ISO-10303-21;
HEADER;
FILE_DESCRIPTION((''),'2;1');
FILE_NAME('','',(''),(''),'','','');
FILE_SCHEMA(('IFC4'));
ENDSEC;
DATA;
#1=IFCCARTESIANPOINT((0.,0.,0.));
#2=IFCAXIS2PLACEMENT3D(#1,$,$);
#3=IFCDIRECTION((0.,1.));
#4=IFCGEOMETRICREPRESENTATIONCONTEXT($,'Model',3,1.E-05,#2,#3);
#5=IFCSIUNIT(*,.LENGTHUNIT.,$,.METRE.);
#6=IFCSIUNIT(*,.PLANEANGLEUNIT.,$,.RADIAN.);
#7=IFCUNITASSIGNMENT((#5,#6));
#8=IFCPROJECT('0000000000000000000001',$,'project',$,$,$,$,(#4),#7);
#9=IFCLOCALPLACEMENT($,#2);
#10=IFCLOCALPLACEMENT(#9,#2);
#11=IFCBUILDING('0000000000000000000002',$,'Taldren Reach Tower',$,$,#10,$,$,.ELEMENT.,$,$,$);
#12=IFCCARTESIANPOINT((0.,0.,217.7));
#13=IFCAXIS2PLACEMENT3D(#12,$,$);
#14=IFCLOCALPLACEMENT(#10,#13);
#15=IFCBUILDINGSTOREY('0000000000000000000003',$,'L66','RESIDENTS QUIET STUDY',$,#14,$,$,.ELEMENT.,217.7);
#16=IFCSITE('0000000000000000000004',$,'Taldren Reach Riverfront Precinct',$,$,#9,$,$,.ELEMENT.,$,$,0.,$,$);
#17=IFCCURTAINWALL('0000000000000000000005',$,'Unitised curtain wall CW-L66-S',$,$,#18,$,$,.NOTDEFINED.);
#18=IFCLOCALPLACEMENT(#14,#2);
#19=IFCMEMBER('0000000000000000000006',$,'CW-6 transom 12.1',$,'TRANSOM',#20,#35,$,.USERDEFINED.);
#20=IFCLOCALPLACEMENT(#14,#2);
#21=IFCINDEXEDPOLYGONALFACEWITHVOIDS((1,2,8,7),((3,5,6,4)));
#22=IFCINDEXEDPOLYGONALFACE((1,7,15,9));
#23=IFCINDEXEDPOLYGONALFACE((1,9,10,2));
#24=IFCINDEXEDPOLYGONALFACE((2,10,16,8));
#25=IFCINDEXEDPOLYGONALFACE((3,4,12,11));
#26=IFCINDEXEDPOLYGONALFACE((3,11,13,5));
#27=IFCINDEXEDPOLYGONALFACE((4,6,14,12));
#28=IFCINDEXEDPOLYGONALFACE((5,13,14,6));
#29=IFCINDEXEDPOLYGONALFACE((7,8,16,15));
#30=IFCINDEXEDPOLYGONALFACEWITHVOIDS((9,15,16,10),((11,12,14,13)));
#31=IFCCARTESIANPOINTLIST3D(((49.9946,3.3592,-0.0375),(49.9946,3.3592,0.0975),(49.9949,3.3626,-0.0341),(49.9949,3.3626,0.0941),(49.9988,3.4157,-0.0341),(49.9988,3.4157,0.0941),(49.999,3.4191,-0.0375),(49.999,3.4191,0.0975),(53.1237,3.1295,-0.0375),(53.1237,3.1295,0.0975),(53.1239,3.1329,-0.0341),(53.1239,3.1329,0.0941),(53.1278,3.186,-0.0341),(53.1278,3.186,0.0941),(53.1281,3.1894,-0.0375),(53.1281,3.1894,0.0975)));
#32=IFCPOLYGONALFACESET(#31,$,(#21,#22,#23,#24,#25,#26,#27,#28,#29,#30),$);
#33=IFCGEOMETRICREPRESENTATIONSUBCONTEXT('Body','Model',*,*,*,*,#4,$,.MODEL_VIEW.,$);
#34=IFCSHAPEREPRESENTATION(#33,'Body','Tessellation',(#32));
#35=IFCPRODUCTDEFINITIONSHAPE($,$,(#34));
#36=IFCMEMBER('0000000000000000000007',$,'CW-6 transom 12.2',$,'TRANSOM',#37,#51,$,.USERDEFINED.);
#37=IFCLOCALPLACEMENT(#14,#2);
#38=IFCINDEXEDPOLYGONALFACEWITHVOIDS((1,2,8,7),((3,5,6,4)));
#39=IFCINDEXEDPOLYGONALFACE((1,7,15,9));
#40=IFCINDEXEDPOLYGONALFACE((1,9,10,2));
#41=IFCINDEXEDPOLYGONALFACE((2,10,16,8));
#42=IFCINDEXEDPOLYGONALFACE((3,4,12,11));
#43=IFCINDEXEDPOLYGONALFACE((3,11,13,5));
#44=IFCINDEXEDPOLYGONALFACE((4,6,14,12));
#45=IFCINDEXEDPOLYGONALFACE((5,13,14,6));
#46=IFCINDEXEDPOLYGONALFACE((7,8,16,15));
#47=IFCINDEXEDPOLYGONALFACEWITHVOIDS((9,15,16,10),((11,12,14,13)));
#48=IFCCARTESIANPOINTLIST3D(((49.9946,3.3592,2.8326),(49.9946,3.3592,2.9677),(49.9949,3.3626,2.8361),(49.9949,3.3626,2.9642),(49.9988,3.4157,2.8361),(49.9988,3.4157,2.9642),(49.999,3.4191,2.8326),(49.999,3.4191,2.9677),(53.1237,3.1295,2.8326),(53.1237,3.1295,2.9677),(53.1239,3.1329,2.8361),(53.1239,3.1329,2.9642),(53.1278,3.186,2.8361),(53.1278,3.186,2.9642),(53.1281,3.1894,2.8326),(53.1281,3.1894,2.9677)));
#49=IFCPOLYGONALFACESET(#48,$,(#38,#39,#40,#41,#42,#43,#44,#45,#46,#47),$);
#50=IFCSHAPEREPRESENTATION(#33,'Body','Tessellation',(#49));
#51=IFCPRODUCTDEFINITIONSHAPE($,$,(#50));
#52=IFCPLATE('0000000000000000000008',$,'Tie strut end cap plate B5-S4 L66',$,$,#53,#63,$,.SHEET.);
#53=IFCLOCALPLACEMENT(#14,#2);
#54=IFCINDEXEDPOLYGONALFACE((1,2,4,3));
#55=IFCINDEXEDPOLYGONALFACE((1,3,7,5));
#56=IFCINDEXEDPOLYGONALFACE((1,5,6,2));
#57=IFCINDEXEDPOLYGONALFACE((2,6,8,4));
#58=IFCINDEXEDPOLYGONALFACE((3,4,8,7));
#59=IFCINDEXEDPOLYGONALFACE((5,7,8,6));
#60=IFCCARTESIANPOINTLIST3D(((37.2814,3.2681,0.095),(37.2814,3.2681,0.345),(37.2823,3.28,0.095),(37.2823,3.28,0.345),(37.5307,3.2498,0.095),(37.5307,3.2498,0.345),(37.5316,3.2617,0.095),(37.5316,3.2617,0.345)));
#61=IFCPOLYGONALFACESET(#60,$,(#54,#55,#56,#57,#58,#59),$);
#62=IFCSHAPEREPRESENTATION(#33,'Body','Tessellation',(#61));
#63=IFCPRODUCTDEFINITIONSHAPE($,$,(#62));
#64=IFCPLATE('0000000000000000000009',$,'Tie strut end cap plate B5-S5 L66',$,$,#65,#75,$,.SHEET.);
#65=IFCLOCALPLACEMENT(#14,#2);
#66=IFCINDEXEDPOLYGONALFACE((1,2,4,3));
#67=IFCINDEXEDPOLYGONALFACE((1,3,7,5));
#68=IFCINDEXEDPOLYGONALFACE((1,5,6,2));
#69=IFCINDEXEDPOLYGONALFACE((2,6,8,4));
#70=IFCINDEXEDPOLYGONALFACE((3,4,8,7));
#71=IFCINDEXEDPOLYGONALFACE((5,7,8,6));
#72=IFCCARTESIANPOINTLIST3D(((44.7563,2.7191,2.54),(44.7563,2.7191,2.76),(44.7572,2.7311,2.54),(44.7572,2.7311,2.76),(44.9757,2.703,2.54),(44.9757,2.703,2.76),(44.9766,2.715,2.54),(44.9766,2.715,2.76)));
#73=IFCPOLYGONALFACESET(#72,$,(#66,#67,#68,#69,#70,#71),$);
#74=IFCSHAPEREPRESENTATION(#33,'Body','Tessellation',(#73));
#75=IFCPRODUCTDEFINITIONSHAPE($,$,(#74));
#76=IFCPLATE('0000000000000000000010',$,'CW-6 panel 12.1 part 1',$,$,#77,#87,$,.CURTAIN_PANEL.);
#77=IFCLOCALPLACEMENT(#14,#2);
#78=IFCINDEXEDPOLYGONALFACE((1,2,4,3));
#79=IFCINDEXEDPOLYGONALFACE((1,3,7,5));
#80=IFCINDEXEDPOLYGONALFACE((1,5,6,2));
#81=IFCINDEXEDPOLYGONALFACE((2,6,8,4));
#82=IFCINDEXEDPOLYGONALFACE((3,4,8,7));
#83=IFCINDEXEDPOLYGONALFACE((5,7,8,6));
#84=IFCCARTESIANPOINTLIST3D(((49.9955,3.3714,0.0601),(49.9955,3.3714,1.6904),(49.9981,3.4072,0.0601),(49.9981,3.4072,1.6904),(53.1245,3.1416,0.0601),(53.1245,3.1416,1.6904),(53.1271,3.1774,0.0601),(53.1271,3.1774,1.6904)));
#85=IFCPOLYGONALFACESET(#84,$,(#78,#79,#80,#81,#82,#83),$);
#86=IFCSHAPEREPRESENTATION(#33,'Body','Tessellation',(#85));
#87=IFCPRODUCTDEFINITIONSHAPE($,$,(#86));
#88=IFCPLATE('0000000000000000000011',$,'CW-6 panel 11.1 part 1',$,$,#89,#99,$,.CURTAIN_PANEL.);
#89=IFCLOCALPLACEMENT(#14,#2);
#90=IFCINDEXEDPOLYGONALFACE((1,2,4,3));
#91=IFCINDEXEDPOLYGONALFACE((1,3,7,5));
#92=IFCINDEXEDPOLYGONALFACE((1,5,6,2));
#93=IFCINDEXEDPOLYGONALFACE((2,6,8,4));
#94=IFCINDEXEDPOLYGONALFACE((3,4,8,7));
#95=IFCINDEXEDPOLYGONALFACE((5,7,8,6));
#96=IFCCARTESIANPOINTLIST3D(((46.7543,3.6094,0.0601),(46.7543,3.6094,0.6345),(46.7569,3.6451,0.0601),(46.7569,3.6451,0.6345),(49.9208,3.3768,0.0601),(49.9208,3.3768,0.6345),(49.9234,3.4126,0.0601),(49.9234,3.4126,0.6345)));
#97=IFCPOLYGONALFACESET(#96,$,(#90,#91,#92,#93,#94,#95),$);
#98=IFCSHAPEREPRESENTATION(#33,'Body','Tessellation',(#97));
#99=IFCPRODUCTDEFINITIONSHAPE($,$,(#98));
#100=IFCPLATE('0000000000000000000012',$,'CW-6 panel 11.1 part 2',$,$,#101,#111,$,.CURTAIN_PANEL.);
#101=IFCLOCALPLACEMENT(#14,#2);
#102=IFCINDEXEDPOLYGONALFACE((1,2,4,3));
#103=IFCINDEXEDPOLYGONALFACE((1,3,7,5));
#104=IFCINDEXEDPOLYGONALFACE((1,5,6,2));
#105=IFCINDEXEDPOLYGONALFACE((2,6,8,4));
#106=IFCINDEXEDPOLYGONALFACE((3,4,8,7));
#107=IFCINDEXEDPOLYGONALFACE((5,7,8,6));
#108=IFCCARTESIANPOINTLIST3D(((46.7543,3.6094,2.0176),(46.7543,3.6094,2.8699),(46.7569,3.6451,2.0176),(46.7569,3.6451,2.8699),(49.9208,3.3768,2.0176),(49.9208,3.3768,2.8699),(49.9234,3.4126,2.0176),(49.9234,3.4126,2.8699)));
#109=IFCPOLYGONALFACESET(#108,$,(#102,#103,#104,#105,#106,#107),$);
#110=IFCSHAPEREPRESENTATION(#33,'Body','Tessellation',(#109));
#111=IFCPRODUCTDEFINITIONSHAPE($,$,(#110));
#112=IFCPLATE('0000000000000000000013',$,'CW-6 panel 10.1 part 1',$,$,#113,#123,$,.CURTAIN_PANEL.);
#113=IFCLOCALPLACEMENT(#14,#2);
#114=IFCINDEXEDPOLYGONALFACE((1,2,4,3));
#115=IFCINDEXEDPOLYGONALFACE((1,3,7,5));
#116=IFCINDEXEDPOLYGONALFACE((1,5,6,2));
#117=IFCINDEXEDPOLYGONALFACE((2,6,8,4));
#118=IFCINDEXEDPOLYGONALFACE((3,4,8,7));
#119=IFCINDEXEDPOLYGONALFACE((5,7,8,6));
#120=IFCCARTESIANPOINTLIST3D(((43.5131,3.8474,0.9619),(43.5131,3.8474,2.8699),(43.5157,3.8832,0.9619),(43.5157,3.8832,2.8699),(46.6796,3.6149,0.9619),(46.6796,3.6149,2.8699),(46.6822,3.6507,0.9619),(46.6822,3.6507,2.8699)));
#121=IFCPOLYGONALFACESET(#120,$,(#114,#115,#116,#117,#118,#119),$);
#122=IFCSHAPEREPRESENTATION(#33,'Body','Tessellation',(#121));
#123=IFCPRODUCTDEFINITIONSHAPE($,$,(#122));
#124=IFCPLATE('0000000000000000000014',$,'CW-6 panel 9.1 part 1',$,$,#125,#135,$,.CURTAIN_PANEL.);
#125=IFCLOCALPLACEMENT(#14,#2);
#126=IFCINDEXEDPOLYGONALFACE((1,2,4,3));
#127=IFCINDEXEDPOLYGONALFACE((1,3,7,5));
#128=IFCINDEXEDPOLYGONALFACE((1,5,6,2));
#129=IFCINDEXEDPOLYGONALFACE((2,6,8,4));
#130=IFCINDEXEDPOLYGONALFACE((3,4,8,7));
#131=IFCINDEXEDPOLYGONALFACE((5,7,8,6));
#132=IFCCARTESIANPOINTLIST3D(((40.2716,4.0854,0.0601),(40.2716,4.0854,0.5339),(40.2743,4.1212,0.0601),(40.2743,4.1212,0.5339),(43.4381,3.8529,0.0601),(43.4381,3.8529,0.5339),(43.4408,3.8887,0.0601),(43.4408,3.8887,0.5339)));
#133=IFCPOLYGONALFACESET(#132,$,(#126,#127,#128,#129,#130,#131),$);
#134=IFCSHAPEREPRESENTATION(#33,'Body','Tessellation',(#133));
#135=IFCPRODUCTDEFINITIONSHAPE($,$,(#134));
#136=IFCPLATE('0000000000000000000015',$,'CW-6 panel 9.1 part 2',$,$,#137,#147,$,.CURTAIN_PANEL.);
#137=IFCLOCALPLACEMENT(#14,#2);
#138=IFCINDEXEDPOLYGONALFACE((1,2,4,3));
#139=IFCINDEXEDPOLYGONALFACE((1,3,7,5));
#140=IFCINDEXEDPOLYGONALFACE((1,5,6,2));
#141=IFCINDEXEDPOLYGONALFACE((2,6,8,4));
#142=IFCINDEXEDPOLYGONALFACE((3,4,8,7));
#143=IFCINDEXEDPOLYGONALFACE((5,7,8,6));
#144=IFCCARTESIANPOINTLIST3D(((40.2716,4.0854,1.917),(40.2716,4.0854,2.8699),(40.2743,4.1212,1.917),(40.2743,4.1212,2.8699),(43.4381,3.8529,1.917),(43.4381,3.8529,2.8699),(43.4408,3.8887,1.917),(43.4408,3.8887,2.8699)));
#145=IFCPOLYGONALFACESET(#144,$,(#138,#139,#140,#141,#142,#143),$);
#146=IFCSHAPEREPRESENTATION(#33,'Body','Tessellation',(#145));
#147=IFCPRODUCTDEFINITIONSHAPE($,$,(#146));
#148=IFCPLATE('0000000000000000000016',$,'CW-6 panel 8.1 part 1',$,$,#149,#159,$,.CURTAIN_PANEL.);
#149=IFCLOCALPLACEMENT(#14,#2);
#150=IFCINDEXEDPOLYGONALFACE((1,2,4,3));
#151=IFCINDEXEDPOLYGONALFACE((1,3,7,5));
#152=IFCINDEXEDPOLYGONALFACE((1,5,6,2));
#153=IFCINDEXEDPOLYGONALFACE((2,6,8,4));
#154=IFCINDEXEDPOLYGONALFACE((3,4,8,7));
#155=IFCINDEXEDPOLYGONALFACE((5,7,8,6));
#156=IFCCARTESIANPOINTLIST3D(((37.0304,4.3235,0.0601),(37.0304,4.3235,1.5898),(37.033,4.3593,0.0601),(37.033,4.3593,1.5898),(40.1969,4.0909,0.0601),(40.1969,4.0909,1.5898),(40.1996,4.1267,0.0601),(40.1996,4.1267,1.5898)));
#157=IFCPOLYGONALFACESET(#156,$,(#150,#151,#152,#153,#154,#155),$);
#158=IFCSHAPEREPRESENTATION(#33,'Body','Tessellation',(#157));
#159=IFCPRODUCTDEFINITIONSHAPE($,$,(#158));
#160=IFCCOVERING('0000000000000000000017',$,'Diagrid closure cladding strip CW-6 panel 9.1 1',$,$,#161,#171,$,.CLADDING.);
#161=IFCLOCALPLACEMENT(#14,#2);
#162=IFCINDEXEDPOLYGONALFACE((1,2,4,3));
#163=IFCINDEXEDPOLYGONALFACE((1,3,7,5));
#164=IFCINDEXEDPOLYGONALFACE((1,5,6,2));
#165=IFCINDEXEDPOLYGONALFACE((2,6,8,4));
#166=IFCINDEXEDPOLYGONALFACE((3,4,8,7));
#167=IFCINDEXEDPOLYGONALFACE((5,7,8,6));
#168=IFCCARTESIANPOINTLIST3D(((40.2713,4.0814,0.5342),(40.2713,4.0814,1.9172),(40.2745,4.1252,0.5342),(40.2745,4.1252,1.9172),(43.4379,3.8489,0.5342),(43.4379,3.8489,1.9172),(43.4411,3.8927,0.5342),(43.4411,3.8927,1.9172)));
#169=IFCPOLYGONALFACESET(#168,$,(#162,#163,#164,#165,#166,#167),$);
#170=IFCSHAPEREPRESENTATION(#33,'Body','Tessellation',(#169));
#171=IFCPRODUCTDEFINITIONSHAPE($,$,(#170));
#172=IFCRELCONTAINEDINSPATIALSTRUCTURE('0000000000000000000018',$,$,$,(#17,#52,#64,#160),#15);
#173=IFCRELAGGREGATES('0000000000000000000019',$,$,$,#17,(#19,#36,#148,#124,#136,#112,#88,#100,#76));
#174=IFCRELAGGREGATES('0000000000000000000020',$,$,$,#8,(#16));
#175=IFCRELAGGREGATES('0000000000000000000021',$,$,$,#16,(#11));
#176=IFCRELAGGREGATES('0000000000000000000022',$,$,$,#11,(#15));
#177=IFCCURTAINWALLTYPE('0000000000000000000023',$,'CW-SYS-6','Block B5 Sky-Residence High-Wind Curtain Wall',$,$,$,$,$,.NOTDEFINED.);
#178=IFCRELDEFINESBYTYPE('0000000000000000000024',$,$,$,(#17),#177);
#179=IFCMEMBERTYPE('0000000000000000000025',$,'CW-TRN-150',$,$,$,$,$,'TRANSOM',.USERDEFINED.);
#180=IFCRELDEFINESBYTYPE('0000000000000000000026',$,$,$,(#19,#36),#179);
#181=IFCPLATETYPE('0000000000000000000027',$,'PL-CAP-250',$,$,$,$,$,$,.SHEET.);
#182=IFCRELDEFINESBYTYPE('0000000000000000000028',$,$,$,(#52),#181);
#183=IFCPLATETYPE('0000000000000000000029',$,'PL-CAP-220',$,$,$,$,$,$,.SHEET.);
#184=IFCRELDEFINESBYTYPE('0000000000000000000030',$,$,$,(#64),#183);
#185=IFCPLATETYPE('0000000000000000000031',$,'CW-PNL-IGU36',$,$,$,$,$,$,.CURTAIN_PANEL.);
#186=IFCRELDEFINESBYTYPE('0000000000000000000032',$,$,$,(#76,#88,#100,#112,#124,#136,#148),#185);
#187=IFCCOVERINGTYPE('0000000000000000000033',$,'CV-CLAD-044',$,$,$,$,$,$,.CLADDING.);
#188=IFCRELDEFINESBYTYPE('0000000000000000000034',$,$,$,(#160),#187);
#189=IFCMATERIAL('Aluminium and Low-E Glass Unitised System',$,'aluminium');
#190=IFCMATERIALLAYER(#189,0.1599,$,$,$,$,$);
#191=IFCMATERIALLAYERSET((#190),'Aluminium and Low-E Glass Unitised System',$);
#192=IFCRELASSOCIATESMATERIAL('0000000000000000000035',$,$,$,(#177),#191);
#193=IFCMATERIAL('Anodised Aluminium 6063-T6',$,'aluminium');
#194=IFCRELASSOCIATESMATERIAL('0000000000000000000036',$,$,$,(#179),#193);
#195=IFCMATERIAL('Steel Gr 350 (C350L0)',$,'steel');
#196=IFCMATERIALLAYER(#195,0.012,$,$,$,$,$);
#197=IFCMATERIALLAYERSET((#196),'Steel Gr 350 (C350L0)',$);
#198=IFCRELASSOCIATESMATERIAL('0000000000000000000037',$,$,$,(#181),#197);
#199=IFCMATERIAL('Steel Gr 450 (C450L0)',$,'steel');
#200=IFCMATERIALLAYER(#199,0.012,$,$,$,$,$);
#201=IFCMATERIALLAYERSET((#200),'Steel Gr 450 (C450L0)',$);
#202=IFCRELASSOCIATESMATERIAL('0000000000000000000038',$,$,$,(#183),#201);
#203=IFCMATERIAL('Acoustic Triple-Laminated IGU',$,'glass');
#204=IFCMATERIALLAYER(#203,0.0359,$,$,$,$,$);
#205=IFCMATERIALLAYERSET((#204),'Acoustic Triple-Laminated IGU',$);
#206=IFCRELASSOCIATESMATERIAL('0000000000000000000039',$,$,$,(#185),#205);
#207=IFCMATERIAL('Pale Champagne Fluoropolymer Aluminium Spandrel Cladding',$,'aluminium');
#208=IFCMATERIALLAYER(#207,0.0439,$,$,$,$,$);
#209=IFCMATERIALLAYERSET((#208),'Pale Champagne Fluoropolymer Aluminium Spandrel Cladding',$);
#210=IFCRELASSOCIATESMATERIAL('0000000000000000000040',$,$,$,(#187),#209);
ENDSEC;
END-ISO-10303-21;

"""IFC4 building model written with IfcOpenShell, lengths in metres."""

from ifc_helpers import new_model, si_unit, direction, frame, origin, origin_2d, place, context, subcontext, project, spatial, rectangle, hollow_rectangle, extrude, source, transform, mapped, material, layer, layer_set, material_profile, profile_set, type_object, element, aggregate, save


model = new_model("IFC4")

# Units and contexts
model_context = context("Model", 3, precision=1e-05, world=origin(), true_north=direction((0.0, 1.0)))
body_context = subcontext(model_context, "Body", "Model", "MODEL_VIEW")
ifc_project = project(units=[si_unit("LENGTHUNIT", "METRE"), si_unit("PLANEANGLEUNIT", "RADIAN")], contexts=[model_context])

# Site, building, storey
site_placement = place(None, origin())
site = spatial("IfcSite", under=ifc_project, at=site_placement, Name="Taldren Reach Riverfront Precinct", CompositionType="ELEMENT", RefElevation=0.0)
building_placement = place(site_placement, origin())
building = spatial("IfcBuilding", under=site, at=building_placement, Name="Taldren Reach Tower", CompositionType="ELEMENT")
storey_placement = place(building_placement, frame((0.0, 0.0, 217.7)))
storey = spatial("IfcBuildingStorey", under=building, at=storey_placement, Name="L66", Description="RESIDENTS QUIET STUDY", CompositionType="ELEMENT", Elevation=217.7)

# Shared definitions
ifc_material_1 = material(Name="Steel Gr 450 (C450L0)", Category="steel")

# Shared definitions
ifc_material_2 = material(Name="Steel Gr 350 (C350L0)", Category="steel")

# Curtain wall, members
ifc_material_3 = material(Name="Aluminium and Low-E Glass Unitised System", Category="aluminium")
ifc_layer_1 = layer(ifc_material_3, 0.1599)
ifc_layer_set_1 = layer_set([ifc_layer_1], Name="Aluminium and Low-E Glass Unitised System")
curtain_wall_type = type_object("IfcCurtainWallType", Name="CW-SYS-6", Description="Block B5 Sky-Residence High-Wind Curtain Wall", PredefinedType="NOTDEFINED", material=ifc_layer_set_1)
curtain_wall_placement = place(storey_placement, origin())
curtain_wall = element("IfcCurtainWall", 1, at=curtain_wall_placement, inside=storey, type_object=curtain_wall_type, Name="Unitised curtain wall CW-L66-S", PredefinedType="NOTDEFINED")
ifc_material_4 = material(Name="Anodised Aluminium 6063-T6", Category="aluminium")
ifc_material_profile_1 = material_profile(ifc_material_4, hollow_rectangle(XDim=0.0601, YDim=0.135, WallThickness=0.0034, at=origin_2d()), Name="ALU-135x60x3.5RHS")
ifc_profile_set_1 = profile_set([ifc_material_profile_1], Name="Anodised Aluminium 6063-T6")
member_type_1 = type_object("IfcMemberType", Name="CW-TRN-150", ElementType="TRANSOM", PredefinedType="USERDEFINED", material=ifc_profile_set_1)
shared_shape_1 = source(origin(), body_context, "Body", "SweptSolid", [
    extrude(hollow_rectangle(XDim=0.0601, YDim=0.135, WallThickness=0.0034, at=origin_2d()), origin(), (0.0, 0.0, 1.0), 3.1375),
])
member_1_placement = place(storey_placement, frame((49.9968, 3.3892, 0.03), z_axis=(0.997316, -0.073221, 0.0), x_axis=(0.073221, 0.997316, 0.0)))
member_1 = element("IfcMember", 2, at=member_1_placement, type_object=member_type_1, Name="CW-6 transom 12.1", ObjectType="TRANSOM", PredefinedType="USERDEFINED", context=body_context, shape_type="MappedRepresentation", body=[
    mapped(shared_shape_1, transform((0.0, 0.0, 0.0), scale=1.0)),
])
member_2_placement = place(storey_placement, frame((49.9968, 3.3892, 2.9001), z_axis=(0.997316, -0.073221, 0.0), x_axis=(0.073221, 0.997316, 0.0)))
member_2 = element("IfcMember", 3, at=member_2_placement, type_object=member_type_1, Name="CW-6 transom 12.2", ObjectType="TRANSOM", PredefinedType="USERDEFINED", context=body_context, shape_type="MappedRepresentation", body=[
    mapped(shared_shape_1, transform((0.0, 0.0, 0.0), scale=1.0)),
])

# Plates
ifc_layer_2 = layer(ifc_material_2, 0.012)
ifc_layer_set_2 = layer_set([ifc_layer_2], Name="Steel Gr 350 (C350L0)")
plate_type_1 = type_object("IfcPlateType", Name="PL-CAP-250", PredefinedType="SHEET", material=ifc_layer_set_2)
shared_shape_2 = source(origin(), body_context, "Body", "SweptSolid", [
    extrude(rectangle(XDim=0.25, YDim=0.012, at=origin_2d()), origin(), (0.0, 0.0, 1.0), 0.25),
])
plate_1_placement = place(storey_placement, frame((37.4065, 3.2649, 0.095), z_axis=(0.0, 0.0, 1.0), x_axis=(0.997314, -0.073238, 0.0)))
element("IfcPlate", 4, at=plate_1_placement, inside=storey, type_object=plate_type_1, Name="Tie strut end cap plate B5-S4 L66", PredefinedType="SHEET", context=body_context, shape_type="MappedRepresentation", body=[
    mapped(shared_shape_2, transform((0.0, 0.0, 0.0), scale=1.0)),
])
ifc_layer_3 = layer(ifc_material_1, 0.012)
ifc_layer_set_3 = layer_set([ifc_layer_3], Name="Steel Gr 450 (C450L0)")
plate_type_2 = type_object("IfcPlateType", Name="PL-CAP-220", PredefinedType="SHEET", material=ifc_layer_set_3)
shared_shape_3 = source(origin(), body_context, "Body", "SweptSolid", [
    extrude(rectangle(XDim=0.22, YDim=0.012, at=origin_2d()), origin(), (0.0, 0.0, 1.0), 0.22),
])
plate_2_placement = place(storey_placement, frame((44.8665, 2.717, 2.54), z_axis=(0.0, 0.0, 1.0), x_axis=(0.997314, -0.073238, 0.0)))
element("IfcPlate", 5, at=plate_2_placement, inside=storey, type_object=plate_type_2, Name="Tie strut end cap plate B5-S5 L66", PredefinedType="SHEET", context=body_context, shape_type="MappedRepresentation", body=[
    mapped(shared_shape_3, transform((0.0, 0.0, 0.0), scale=1.0)),
])

# Plates
ifc_material_5 = material(Name="Acoustic Triple-Laminated IGU", Category="glass")
ifc_layer_4 = layer(ifc_material_5, 0.0359)
ifc_layer_set_4 = layer_set([ifc_layer_4], Name="Acoustic Triple-Laminated IGU")
plate_type_3 = type_object("IfcPlateType", Name="CW-PNL-IGU36", PredefinedType="CURTAIN_PANEL", material=ifc_layer_set_4)
shared_shape_4 = source(origin(), body_context, "Body", "SweptSolid", [
    extrude(rectangle(XDim=3.1375, YDim=0.0359, at=origin_2d()), origin(), (0.0, 0.0, 1.0), 1.6304),
])
plate_3_placement = place(storey_placement, frame((51.5613, 3.2744, 0.0601), z_axis=(0.0, 0.0, 1.0), x_axis=(0.997314, -0.073238, 0.0)))
plate_3 = element("IfcPlate", 6, at=plate_3_placement, type_object=plate_type_3, Name="CW-6 panel 12.1 part 1", PredefinedType="CURTAIN_PANEL", context=body_context, shape_type="MappedRepresentation", body=[
    mapped(shared_shape_4, transform((0.0, 0.0, 0.0), scale=1.0)),
])
shared_shape_5 = source(origin(), body_context, "Body", "SweptSolid", [
    extrude(rectangle(XDim=3.175, YDim=0.0359, at=origin_2d()), origin(), (0.0, 0.0, 1.0), 0.5745),
])
plate_4_placement = place(storey_placement, frame((48.3389, 3.511, 0.0601), z_axis=(0.0, 0.0, 1.0), x_axis=(0.997314, -0.073238, 0.0)))
plate_4 = element("IfcPlate", 7, at=plate_4_placement, type_object=plate_type_3, Name="CW-6 panel 11.1 part 1", PredefinedType="CURTAIN_PANEL", context=body_context, shape_type="MappedRepresentation", body=[
    mapped(shared_shape_5, transform((0.0, 0.0, 0.0), scale=1.0)),
])
shared_shape_6 = source(origin(), body_context, "Body", "SweptSolid", [
    extrude(rectangle(XDim=3.175, YDim=0.0359, at=origin_2d()), origin(), (0.0, 0.0, 1.0), 0.8523),
])
plate_5_placement = place(storey_placement, frame((48.3389, 3.511, 2.0176), z_axis=(0.0, 0.0, 1.0), x_axis=(0.997314, -0.073238, 0.0)))
plate_5 = element("IfcPlate", 8, at=plate_5_placement, type_object=plate_type_3, Name="CW-6 panel 11.1 part 2", PredefinedType="CURTAIN_PANEL", context=body_context, shape_type="MappedRepresentation", body=[
    mapped(shared_shape_6, transform((0.0, 0.0, 0.0), scale=1.0)),
])
shared_shape_7 = source(origin(), body_context, "Body", "SweptSolid", [
    extrude(rectangle(XDim=3.175, YDim=0.0359, at=origin_2d()), origin(), (0.0, 0.0, 1.0), 1.908),
])
plate_6_placement = place(storey_placement, frame((45.0977, 3.749, 0.9619), z_axis=(0.0, 0.0, 1.0), x_axis=(0.997314, -0.073238, 0.0)))
plate_6 = element("IfcPlate", 9, at=plate_6_placement, type_object=plate_type_3, Name="CW-6 panel 10.1 part 1", PredefinedType="CURTAIN_PANEL", context=body_context, shape_type="MappedRepresentation", body=[
    mapped(shared_shape_7, transform((0.0, 0.0, 0.0), scale=1.0)),
])
shared_shape_8 = source(origin(), body_context, "Body", "SweptSolid", [
    extrude(rectangle(XDim=3.175, YDim=0.0359, at=origin_2d()), origin(), (0.0, 0.0, 1.0), 0.4739),
])
plate_7_placement = place(storey_placement, frame((41.8562, 3.9871, 0.0601), z_axis=(0.0, 0.0, 1.0), x_axis=(0.997314, -0.073238, 0.0)))
plate_7 = element("IfcPlate", 10, at=plate_7_placement, type_object=plate_type_3, Name="CW-6 panel 9.1 part 1", PredefinedType="CURTAIN_PANEL", context=body_context, shape_type="MappedRepresentation", body=[
    mapped(shared_shape_8, transform((0.0, 0.0, 0.0), scale=1.0)),
])
shared_shape_9 = source(origin(), body_context, "Body", "SweptSolid", [
    extrude(rectangle(XDim=3.175, YDim=0.0359, at=origin_2d()), origin(), (0.0, 0.0, 1.0), 0.9529),
])
plate_8_placement = place(storey_placement, frame((41.8562, 3.9871, 1.917), z_axis=(0.0, 0.0, 1.0), x_axis=(0.997314, -0.073238, 0.0)))
plate_8 = element("IfcPlate", 11, at=plate_8_placement, type_object=plate_type_3, Name="CW-6 panel 9.1 part 2", PredefinedType="CURTAIN_PANEL", context=body_context, shape_type="MappedRepresentation", body=[
    mapped(shared_shape_9, transform((0.0, 0.0, 0.0), scale=1.0)),
])
shared_shape_10 = source(origin(), body_context, "Body", "SweptSolid", [
    extrude(rectangle(XDim=3.175, YDim=0.0359, at=origin_2d()), origin(), (0.0, 0.0, 1.0), 1.5298),
])
plate_9_placement = place(storey_placement, frame((38.615, 4.2251, 0.0601), z_axis=(0.0, 0.0, 1.0), x_axis=(0.997314, -0.073238, 0.0)))
plate_9 = element("IfcPlate", 12, at=plate_9_placement, type_object=plate_type_3, Name="CW-6 panel 8.1 part 1", PredefinedType="CURTAIN_PANEL", context=body_context, shape_type="MappedRepresentation", body=[
    mapped(shared_shape_10, transform((0.0, 0.0, 0.0), scale=1.0)),
])
aggregate(curtain_wall, [member_1, member_2, plate_9, plate_7, plate_8, plate_6, plate_4, plate_5, plate_3])

# Covering
ifc_material_6 = material(Name="Pale Champagne Fluoropolymer Aluminium Spandrel Cladding", Category="aluminium")
ifc_layer_5 = layer(ifc_material_6, 0.0439)
ifc_layer_set_5 = layer_set([ifc_layer_5], Name="Pale Champagne Fluoropolymer Aluminium Spandrel Cladding")
covering_type = type_object("IfcCoveringType", Name="CV-CLAD-044", PredefinedType="CLADDING", material=ifc_layer_set_5)
shared_shape_11 = source(origin(), body_context, "Body", "SweptSolid", [
    extrude(rectangle(XDim=3.175, YDim=0.0439, at=origin_2d()), origin(), (0.0, 0.0, 1.0), 1.3831),
])
for number, where, z_axis, x_axis, name in (
    (13, (41.8562, 3.9871, 0.5342), (0.0, 0.0, 1.0), (0.997314, -0.073238, 0.0), "Diagrid closure cladding strip CW-6 panel 9.1 1"),
):
    element("IfcCovering", number, at=place(storey_placement, frame(where, z_axis=z_axis, x_axis=x_axis)), inside=storey, type_object=covering_type, Name=name, PredefinedType="CLADDING", context=body_context, shape_type="MappedRepresentation", body=[
        mapped(shared_shape_11, transform((0.0, 0.0, 0.0), scale=1.0)),
    ])

save(model, "model.ifc")
